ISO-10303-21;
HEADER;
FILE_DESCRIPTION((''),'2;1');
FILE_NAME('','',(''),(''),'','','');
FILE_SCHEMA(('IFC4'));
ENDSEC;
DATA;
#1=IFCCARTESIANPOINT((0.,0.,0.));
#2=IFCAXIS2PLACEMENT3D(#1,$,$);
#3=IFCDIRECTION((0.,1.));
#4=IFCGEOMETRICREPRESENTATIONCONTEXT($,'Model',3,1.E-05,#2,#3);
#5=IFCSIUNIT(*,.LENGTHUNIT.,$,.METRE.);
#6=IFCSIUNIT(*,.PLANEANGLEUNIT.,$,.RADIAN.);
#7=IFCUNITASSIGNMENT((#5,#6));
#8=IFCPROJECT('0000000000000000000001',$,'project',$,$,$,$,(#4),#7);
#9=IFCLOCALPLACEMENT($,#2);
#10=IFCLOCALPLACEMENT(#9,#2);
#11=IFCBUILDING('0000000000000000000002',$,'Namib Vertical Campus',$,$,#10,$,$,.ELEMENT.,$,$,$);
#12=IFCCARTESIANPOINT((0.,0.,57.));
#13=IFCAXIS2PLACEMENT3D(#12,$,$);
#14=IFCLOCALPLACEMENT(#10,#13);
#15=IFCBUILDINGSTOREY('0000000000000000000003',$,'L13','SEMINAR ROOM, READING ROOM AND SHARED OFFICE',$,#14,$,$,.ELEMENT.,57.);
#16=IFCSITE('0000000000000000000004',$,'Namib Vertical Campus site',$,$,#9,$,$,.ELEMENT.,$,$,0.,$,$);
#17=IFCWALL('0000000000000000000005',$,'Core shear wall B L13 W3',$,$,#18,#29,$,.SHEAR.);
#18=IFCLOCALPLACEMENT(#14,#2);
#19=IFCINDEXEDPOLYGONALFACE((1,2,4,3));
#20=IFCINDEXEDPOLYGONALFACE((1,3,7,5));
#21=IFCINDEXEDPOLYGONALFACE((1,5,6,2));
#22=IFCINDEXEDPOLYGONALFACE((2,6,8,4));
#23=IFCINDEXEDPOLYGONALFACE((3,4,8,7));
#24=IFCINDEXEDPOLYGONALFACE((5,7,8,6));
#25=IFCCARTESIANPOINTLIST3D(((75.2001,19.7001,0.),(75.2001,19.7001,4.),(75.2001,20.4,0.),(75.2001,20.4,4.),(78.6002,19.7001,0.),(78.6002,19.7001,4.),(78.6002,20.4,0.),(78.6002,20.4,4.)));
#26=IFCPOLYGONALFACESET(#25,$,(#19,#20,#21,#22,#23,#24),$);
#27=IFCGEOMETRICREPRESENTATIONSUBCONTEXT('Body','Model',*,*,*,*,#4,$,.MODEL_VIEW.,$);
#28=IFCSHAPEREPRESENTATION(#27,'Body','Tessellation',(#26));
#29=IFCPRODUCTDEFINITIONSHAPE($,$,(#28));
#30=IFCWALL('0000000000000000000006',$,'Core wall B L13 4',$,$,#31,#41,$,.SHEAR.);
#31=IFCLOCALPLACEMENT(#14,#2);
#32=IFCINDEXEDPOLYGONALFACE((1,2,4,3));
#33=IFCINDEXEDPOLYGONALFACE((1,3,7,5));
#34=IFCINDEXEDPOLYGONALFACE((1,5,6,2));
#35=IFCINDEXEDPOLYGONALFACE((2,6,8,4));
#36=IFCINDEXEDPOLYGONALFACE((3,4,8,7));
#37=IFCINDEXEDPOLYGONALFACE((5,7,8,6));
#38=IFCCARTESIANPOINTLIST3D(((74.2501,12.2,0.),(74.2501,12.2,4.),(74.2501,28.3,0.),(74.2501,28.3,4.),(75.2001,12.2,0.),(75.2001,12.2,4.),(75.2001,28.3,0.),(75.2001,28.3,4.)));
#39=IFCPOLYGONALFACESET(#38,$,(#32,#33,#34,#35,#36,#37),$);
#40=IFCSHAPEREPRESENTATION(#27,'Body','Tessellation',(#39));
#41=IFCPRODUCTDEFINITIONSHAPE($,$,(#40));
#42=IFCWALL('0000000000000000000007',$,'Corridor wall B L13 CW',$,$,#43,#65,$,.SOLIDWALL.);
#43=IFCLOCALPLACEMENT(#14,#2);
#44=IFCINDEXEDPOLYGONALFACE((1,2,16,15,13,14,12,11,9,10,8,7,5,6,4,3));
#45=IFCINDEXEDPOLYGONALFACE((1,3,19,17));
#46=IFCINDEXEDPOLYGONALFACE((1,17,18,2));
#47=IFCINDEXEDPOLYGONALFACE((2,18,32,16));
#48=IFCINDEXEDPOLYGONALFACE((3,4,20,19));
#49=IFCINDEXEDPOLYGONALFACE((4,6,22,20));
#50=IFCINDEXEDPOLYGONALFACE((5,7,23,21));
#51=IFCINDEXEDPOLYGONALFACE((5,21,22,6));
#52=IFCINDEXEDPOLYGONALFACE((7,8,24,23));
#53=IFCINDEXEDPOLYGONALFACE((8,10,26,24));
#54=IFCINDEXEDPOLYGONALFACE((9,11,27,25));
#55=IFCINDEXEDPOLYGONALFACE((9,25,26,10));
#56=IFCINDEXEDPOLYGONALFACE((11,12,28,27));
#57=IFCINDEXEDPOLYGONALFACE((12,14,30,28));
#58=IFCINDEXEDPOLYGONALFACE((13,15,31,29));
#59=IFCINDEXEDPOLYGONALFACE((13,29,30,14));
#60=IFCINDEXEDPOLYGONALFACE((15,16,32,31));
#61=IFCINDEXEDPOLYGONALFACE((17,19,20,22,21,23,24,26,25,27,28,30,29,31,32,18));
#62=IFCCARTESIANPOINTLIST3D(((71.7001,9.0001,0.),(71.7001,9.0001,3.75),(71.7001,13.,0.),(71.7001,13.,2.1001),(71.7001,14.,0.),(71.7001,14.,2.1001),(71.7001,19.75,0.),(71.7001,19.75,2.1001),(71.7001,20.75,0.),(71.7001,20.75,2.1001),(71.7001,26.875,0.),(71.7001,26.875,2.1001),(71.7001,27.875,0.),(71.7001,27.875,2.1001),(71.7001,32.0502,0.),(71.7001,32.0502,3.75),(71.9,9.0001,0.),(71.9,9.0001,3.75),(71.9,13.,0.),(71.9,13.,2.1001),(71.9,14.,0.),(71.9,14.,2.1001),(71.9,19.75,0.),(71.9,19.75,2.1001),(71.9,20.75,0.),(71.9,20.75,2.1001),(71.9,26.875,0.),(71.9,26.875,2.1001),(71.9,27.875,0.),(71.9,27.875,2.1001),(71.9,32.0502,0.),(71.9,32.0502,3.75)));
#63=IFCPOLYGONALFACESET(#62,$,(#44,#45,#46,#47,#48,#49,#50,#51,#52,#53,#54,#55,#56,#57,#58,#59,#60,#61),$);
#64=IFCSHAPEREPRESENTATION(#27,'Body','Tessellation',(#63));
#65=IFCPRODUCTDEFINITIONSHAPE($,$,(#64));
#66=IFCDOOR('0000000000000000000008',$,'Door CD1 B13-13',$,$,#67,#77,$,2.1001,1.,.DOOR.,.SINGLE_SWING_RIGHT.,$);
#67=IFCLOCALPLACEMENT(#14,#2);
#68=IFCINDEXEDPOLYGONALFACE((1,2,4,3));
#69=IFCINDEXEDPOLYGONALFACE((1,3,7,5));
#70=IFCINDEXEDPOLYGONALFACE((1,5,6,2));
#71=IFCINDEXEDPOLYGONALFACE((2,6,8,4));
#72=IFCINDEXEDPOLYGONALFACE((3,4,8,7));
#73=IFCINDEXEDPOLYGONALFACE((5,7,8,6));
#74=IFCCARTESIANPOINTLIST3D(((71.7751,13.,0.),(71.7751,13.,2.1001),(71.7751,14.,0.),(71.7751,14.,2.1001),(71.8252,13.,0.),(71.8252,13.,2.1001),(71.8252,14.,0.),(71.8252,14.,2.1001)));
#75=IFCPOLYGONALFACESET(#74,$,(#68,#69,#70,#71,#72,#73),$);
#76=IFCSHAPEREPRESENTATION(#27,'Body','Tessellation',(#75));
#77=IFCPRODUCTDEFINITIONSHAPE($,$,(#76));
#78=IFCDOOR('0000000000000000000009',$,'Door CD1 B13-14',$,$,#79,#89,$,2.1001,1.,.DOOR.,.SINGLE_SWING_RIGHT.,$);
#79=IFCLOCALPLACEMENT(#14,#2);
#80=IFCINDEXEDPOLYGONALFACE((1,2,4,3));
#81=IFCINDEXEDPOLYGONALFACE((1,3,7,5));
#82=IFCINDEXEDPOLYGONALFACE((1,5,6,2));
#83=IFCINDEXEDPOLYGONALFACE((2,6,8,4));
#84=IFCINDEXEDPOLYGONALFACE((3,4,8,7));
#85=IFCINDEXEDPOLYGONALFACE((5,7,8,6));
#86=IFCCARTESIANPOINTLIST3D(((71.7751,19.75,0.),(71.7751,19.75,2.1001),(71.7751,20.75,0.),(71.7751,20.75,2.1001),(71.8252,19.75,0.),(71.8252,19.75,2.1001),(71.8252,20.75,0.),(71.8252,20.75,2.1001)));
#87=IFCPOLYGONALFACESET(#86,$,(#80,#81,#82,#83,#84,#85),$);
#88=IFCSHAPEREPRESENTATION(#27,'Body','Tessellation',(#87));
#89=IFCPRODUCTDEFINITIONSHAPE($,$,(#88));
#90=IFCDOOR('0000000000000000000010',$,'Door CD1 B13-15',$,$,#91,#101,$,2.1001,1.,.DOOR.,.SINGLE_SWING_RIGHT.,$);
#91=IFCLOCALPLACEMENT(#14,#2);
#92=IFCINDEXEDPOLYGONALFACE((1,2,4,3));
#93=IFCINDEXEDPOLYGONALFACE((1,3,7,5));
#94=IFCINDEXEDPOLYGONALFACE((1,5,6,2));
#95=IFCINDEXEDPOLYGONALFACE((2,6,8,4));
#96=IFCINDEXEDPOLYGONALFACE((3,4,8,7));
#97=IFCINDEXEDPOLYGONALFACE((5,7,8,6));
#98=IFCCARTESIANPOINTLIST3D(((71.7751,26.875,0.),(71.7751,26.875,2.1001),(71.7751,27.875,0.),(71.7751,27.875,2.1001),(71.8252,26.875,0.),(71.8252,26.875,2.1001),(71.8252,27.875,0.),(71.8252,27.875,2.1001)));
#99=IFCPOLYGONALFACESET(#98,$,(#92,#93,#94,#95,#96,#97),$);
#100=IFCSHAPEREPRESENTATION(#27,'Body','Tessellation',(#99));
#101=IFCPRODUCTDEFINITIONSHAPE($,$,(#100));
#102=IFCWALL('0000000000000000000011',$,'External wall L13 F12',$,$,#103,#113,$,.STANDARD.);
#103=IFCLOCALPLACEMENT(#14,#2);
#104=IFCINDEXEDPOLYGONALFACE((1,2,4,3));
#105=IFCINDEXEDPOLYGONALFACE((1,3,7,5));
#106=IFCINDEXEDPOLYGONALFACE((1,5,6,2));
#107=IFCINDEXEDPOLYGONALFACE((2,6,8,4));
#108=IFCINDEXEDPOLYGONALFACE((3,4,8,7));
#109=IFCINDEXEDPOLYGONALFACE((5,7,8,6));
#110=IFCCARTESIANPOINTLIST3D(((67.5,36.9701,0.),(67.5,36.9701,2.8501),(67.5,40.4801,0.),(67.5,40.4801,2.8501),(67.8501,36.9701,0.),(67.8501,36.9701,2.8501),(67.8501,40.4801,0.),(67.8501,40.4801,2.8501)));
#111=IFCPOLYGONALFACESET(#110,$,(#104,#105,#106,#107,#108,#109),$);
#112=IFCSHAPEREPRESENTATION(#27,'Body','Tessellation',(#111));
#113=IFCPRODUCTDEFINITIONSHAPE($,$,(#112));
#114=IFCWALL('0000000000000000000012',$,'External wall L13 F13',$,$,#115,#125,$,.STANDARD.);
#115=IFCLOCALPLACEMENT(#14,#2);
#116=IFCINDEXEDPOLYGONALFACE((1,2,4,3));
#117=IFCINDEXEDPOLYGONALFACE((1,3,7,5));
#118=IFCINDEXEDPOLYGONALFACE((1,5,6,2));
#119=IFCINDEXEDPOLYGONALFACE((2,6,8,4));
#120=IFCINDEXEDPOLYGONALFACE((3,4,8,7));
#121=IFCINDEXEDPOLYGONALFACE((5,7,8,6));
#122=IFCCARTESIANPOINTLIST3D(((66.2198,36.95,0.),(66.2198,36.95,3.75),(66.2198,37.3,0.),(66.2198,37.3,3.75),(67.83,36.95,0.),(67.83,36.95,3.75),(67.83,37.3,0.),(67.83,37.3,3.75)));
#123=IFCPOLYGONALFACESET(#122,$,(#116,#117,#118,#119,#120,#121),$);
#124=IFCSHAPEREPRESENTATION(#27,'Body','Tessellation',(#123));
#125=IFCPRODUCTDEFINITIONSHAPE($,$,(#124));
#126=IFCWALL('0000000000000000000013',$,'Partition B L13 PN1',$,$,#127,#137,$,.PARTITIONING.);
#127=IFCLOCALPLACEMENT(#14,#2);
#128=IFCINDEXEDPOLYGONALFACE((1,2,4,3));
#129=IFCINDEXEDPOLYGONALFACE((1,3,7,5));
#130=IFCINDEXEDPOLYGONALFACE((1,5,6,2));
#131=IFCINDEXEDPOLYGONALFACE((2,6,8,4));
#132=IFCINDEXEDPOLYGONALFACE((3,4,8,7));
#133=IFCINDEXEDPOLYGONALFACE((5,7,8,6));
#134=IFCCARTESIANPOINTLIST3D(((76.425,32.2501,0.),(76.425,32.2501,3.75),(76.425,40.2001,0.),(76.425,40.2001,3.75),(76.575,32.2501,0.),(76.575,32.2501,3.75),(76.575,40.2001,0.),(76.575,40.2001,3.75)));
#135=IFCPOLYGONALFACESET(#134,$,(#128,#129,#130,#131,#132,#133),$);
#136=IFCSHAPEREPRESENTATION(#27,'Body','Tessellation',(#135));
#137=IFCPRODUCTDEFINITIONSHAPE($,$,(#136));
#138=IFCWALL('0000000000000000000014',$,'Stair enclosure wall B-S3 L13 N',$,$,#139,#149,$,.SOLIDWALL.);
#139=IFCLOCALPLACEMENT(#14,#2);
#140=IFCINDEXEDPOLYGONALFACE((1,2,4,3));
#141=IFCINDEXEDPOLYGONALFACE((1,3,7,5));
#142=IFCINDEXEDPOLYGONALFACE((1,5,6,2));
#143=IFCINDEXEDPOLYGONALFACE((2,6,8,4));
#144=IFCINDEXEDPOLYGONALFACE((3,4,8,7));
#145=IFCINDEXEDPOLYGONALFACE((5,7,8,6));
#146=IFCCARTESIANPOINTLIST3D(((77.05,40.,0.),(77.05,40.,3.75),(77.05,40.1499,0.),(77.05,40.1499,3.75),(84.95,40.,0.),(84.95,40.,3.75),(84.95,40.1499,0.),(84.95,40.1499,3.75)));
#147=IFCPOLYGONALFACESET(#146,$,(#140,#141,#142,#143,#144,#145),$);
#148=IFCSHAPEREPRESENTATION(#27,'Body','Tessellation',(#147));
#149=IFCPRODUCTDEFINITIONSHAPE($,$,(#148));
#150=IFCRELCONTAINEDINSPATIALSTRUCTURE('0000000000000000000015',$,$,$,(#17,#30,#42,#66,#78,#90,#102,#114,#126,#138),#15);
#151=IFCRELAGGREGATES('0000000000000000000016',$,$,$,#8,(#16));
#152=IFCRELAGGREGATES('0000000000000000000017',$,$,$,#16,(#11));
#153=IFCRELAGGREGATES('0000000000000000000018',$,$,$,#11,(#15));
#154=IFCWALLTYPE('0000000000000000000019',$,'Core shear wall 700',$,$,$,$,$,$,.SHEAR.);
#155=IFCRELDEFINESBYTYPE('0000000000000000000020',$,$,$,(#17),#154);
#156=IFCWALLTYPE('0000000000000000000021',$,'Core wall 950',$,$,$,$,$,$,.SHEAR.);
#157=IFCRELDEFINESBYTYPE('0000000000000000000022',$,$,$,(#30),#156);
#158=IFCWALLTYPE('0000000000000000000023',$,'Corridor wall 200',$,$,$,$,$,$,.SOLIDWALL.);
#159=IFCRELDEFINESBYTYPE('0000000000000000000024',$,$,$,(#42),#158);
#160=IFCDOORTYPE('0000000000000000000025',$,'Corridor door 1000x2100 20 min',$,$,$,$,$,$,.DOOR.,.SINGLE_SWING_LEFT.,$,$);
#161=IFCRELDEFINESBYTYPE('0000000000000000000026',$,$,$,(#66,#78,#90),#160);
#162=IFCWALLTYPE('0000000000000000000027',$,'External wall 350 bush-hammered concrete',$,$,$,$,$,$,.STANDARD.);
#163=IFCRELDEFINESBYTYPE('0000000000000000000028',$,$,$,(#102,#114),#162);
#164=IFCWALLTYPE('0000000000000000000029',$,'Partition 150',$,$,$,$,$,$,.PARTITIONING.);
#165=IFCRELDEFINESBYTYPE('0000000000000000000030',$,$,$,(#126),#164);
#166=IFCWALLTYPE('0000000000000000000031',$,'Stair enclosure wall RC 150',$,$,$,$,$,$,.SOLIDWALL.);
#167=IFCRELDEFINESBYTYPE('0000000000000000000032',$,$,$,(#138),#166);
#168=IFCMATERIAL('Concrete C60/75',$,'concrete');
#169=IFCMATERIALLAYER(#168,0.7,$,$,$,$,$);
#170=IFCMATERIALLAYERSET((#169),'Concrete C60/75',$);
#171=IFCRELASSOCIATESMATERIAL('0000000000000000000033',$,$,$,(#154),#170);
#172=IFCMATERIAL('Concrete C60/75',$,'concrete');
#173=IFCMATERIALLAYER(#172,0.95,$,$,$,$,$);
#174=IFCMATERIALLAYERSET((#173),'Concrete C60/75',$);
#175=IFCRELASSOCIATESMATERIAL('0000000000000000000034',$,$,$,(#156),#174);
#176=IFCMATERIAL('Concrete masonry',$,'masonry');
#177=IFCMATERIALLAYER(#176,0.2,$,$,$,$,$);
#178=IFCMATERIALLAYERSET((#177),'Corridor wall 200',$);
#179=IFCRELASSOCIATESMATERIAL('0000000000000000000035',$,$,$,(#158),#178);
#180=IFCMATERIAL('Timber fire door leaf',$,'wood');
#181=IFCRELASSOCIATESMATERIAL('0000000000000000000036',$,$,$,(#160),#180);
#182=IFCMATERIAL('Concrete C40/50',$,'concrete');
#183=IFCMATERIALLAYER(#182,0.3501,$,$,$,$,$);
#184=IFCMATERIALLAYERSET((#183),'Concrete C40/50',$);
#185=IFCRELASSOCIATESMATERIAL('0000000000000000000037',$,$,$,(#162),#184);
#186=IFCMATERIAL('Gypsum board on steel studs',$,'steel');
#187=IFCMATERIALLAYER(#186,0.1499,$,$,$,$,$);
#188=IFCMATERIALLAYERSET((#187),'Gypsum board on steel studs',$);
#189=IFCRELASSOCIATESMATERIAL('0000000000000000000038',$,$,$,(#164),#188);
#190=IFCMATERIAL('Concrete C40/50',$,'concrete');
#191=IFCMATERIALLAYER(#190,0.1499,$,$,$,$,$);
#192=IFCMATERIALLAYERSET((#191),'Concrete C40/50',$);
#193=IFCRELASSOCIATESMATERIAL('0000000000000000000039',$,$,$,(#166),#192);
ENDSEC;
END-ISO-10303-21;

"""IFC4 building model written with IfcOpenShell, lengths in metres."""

from ifc_helpers import new_model, si_unit, direction, frame, frame_2d, origin, place, context, subcontext, project, spatial, rectangle, extrude, material, layer, layer_set, type_object, element, fill, save


model = new_model("IFC4")

# Units and contexts
model_context = context("Model", 3, precision=1e-05, world=origin(), true_north=direction((0.0, 1.0)))
body_context = subcontext(model_context, "Body", "Model", "MODEL_VIEW")
ifc_project = project(units=[si_unit("LENGTHUNIT", "METRE"), si_unit("PLANEANGLEUNIT", "RADIAN")], contexts=[model_context])

# Site, building, storey
site_placement = place(None, origin())
site = spatial("IfcSite", under=ifc_project, at=site_placement, Name="Namib Vertical Campus site", CompositionType="ELEMENT", RefElevation=0.0)
building_placement = place(site_placement, origin())
building = spatial("IfcBuilding", under=site, at=building_placement, Name="Namib Vertical Campus", CompositionType="ELEMENT")
storey_placement = place(building_placement, frame((0.0, 0.0, 57.0)))
storey = spatial("IfcBuildingStorey", under=building, at=storey_placement, Name="L13", Description="SEMINAR ROOM, READING ROOM AND SHARED OFFICE", CompositionType="ELEMENT", Elevation=57.0)

# Walls
ifc_material_1 = material(Name="Concrete C60/75", Category="concrete")
ifc_layer_1 = layer(ifc_material_1, 0.7)
ifc_layer_set_1 = layer_set([ifc_layer_1], Name="Concrete C60/75")
wall_type_1 = type_object("IfcWallType", Name="Core shear wall 700", PredefinedType="SHEAR", material=ifc_layer_set_1)
wall_1_placement = place(storey_placement, frame((75.2, 20.05, 0.0), z_axis=(0.0, 0.0, 1.0), x_axis=(1.0, 0.0, 0.0)))
element("IfcWall", 1, at=wall_1_placement, inside=storey, type_object=wall_type_1, Name="Core shear wall B L13 W3", PredefinedType="SHEAR", context=body_context, shape_type="SweptSolid", body=[
    extrude(rectangle(XDim=3.4001, YDim=0.7, at=frame_2d((1.7002, 0.0))), origin(), (0.0, 0.0, 1.0), 4.0),
])
ifc_material_2 = material(Name="Concrete C60/75", Category="concrete")
ifc_layer_2 = layer(ifc_material_2, 0.95)
ifc_layer_set_2 = layer_set([ifc_layer_2], Name="Concrete C60/75")
wall_type_2 = type_object("IfcWallType", Name="Core wall 950", PredefinedType="SHEAR", material=ifc_layer_set_2)
wall_2_placement = place(storey_placement, frame((74.7251, 28.3, 0.0), z_axis=(0.0, 0.0, 1.0), x_axis=(0.0, -1.0, 0.0)))
element("IfcWall", 2, at=wall_2_placement, inside=storey, type_object=wall_type_2, Name="Core wall B L13 4", PredefinedType="SHEAR", context=body_context, shape_type="SweptSolid", body=[
    extrude(rectangle(XDim=16.1001, YDim=0.95, at=frame_2d((8.05, 0.0))), origin(), (0.0, 0.0, 1.0), 4.0),
])

# Wall, openings, doors
ifc_material_3 = material(Name="Concrete masonry", Category="masonry")
ifc_layer_3 = layer(ifc_material_3, 0.2)
ifc_layer_set_3 = layer_set([ifc_layer_3], Name="Corridor wall 200")
wall_type_3 = type_object("IfcWallType", Name="Corridor wall 200", PredefinedType="SOLIDWALL", material=ifc_layer_set_3)
wall_3_placement = place(storey_placement, frame((71.8, 32.05, 0.0), z_axis=(0.0, 0.0, 1.0), x_axis=(0.0, -1.0, 0.0)))
wall_3 = element("IfcWall", 3, at=wall_3_placement, inside=storey, type_object=wall_type_3, Name="Corridor wall B L13 CW", PredefinedType="SOLIDWALL", context=body_context, shape_type="SweptSolid", body=[
    extrude(rectangle(XDim=23.05, YDim=0.2, at=frame_2d((11.5249, 0.0))), origin(), (0.0, 0.0, 1.0), 3.75),
])
opening_1_placement = place(wall_3_placement, frame((18.05, 0.0, 0.0)))
opening_1 = element("IfcOpeningElement", 4, at=opening_1_placement, cuts=wall_3, PredefinedType="OPENING", context=body_context, shape_type="SweptSolid", body=[
    extrude(rectangle(XDim=1.0, YDim=2.1001, at=frame_2d((0.5, 1.05))), frame((0.0, 0.1099, 0.0), z_axis=(0.0, -1.0, 0.0), x_axis=(1.0, 0.0, 0.0)), (0.0, 0.0, 1.0), 0.22),
])
opening_2_placement = place(wall_3_placement, frame((11.3, 0.0, 0.0)))
opening_2 = element("IfcOpeningElement", 5, at=opening_2_placement, cuts=wall_3, PredefinedType="OPENING", context=body_context, shape_type="SweptSolid", body=[
    extrude(rectangle(XDim=1.0, YDim=2.1001, at=frame_2d((0.5, 1.05))), frame((0.0, 0.1099, 0.0), z_axis=(0.0, -1.0, 0.0), x_axis=(1.0, 0.0, 0.0)), (0.0, 0.0, 1.0), 0.22),
])
opening_3_placement = place(wall_3_placement, frame((4.175, 0.0, 0.0)))
opening_3 = element("IfcOpeningElement", 6, at=opening_3_placement, cuts=wall_3, PredefinedType="OPENING", context=body_context, shape_type="SweptSolid", body=[
    extrude(rectangle(XDim=1.0, YDim=2.1001, at=frame_2d((0.5, 1.05))), frame((0.0, 0.1099, 0.0), z_axis=(0.0, -1.0, 0.0), x_axis=(1.0, 0.0, 0.0)), (0.0, 0.0, 1.0), 0.22),
])
ifc_material_4 = material(Name="Timber fire door leaf", Category="wood")
door_type_1 = type_object("IfcDoorType", Name="Corridor door 1000x2100 20 min", OperationType="SINGLE_SWING_LEFT", PredefinedType="DOOR", material=ifc_material_4)
door_1_placement = place(opening_1_placement, frame((1.0, 0.0, 0.0), z_axis=(0.0, 0.0, 1.0), x_axis=(-1.0, 0.0, 0.0)))
door_1 = element("IfcDoor", 7, at=door_1_placement, inside=storey, type_object=door_type_1, Name="Door CD1 B13-13", OperationType="SINGLE_SWING_RIGHT", OverallHeight=2.1001, OverallWidth=1.0, PredefinedType="DOOR", context=body_context, shape_type="SweptSolid", body=[
    extrude(rectangle(XDim=1.0, YDim=2.1001, at=frame_2d((0.5, 1.05))), frame((0.0, 0.0249, 0.0), z_axis=(0.0, -1.0, 0.0), x_axis=(1.0, 0.0, 0.0)), (0.0, 0.0, 1.0), 0.05),
])
fill(opening_1, door_1)
door_2_placement = place(opening_2_placement, frame((1.0, 0.0, 0.0), z_axis=(0.0, 0.0, 1.0), x_axis=(-1.0, 0.0, 0.0)))
door_2 = element("IfcDoor", 8, at=door_2_placement, inside=storey, type_object=door_type_1, Name="Door CD1 B13-14", OperationType="SINGLE_SWING_RIGHT", OverallHeight=2.1001, OverallWidth=1.0, PredefinedType="DOOR", context=body_context, shape_type="SweptSolid", body=[
    extrude(rectangle(XDim=1.0, YDim=2.1001, at=frame_2d((0.5, 1.05))), frame((0.0, 0.0249, 0.0), z_axis=(0.0, -1.0, 0.0), x_axis=(1.0, 0.0, 0.0)), (0.0, 0.0, 1.0), 0.05),
])
fill(opening_2, door_2)
door_3_placement = place(opening_3_placement, frame((1.0, 0.0, 0.0), z_axis=(0.0, 0.0, 1.0), x_axis=(-1.0, 0.0, 0.0)))
door_3 = element("IfcDoor", 9, at=door_3_placement, inside=storey, type_object=door_type_1, Name="Door CD1 B13-15", OperationType="SINGLE_SWING_RIGHT", OverallHeight=2.1001, OverallWidth=1.0, PredefinedType="DOOR", context=body_context, shape_type="SweptSolid", body=[
    extrude(rectangle(XDim=1.0, YDim=2.1001, at=frame_2d((0.5, 1.05))), frame((0.0, 0.0249, 0.0), z_axis=(0.0, -1.0, 0.0), x_axis=(1.0, 0.0, 0.0)), (0.0, 0.0, 1.0), 0.05),
])
fill(opening_3, door_3)

# Walls
ifc_material_5 = material(Name="Concrete C40/50", Category="concrete")
ifc_layer_4 = layer(ifc_material_5, 0.3501)
ifc_layer_set_4 = layer_set([ifc_layer_4], Name="Concrete C40/50")
wall_type_4 = type_object("IfcWallType", Name="External wall 350 bush-hammered concrete", PredefinedType="STANDARD", material=ifc_layer_set_4)
wall_4_placement = place(storey_placement, frame((67.675, 40.48, 0.0), z_axis=(0.0, 0.0, 1.0), x_axis=(0.0, -1.0, 0.0)))
element("IfcWall", 10, at=wall_4_placement, inside=storey, type_object=wall_type_4, Name="External wall L13 F12", PredefinedType="STANDARD", context=body_context, shape_type="SweptSolid", body=[
    extrude(rectangle(XDim=3.51, YDim=0.3501, at=frame_2d((1.7549, 0.0))), origin(), (0.0, 0.0, 1.0), 2.8501),
])
wall_5_placement = place(storey_placement, frame((67.8301, 37.125, 0.0), z_axis=(0.0, 0.0, 1.0), x_axis=(-1.0, 0.0, 0.0)))
element("IfcWall", 11, at=wall_5_placement, inside=storey, type_object=wall_type_4, Name="External wall L13 F13", PredefinedType="STANDARD", context=body_context, shape_type="SweptSolid", body=[
    extrude(rectangle(XDim=1.6101, YDim=0.3501, at=frame_2d((0.8052, 0.0))), origin(), (0.0, 0.0, 1.0), 3.75),
])
ifc_material_6 = material(Name="Gypsum board on steel studs", Category="steel")
ifc_layer_5 = layer(ifc_material_6, 0.1499)
ifc_layer_set_5 = layer_set([ifc_layer_5], Name="Gypsum board on steel studs")
wall_type_5 = type_object("IfcWallType", Name="Partition 150", PredefinedType="PARTITIONING", material=ifc_layer_set_5)
wall_6_placement = place(storey_placement, frame((76.5, 32.25, 0.0), z_axis=(0.0, 0.0, 1.0), x_axis=(0.0, 1.0, 0.0)))
element("IfcWall", 12, at=wall_6_placement, inside=storey, type_object=wall_type_5, Name="Partition B L13 PN1", PredefinedType="PARTITIONING", context=body_context, shape_type="SweptSolid", body=[
    extrude(rectangle(XDim=7.95, YDim=0.1499, at=frame_2d((3.9751, 0.0))), origin(), (0.0, 0.0, 1.0), 3.75),
])
ifc_material_7 = material(Name="Concrete C40/50", Category="concrete")
ifc_layer_6 = layer(ifc_material_7, 0.1499)
ifc_layer_set_6 = layer_set([ifc_layer_6], Name="Concrete C40/50")
wall_type_6 = type_object("IfcWallType", Name="Stair enclosure wall RC 150", PredefinedType="SOLIDWALL", material=ifc_layer_set_6)
wall_7_placement = place(storey_placement, frame((77.05, 40.075, 0.0), z_axis=(0.0, 0.0, 1.0), x_axis=(1.0, 0.0, 0.0)))
element("IfcWall", 13, at=wall_7_placement, inside=storey, type_object=wall_type_6, Name="Stair enclosure wall B-S3 L13 N", PredefinedType="SOLIDWALL", context=body_context, shape_type="SweptSolid", body=[
    extrude(rectangle(XDim=7.8999, YDim=0.1499, at=frame_2d((3.95, 0.0))), origin(), (0.0, 0.0, 1.0), 3.75),
])

save(model, "model.ifc")
